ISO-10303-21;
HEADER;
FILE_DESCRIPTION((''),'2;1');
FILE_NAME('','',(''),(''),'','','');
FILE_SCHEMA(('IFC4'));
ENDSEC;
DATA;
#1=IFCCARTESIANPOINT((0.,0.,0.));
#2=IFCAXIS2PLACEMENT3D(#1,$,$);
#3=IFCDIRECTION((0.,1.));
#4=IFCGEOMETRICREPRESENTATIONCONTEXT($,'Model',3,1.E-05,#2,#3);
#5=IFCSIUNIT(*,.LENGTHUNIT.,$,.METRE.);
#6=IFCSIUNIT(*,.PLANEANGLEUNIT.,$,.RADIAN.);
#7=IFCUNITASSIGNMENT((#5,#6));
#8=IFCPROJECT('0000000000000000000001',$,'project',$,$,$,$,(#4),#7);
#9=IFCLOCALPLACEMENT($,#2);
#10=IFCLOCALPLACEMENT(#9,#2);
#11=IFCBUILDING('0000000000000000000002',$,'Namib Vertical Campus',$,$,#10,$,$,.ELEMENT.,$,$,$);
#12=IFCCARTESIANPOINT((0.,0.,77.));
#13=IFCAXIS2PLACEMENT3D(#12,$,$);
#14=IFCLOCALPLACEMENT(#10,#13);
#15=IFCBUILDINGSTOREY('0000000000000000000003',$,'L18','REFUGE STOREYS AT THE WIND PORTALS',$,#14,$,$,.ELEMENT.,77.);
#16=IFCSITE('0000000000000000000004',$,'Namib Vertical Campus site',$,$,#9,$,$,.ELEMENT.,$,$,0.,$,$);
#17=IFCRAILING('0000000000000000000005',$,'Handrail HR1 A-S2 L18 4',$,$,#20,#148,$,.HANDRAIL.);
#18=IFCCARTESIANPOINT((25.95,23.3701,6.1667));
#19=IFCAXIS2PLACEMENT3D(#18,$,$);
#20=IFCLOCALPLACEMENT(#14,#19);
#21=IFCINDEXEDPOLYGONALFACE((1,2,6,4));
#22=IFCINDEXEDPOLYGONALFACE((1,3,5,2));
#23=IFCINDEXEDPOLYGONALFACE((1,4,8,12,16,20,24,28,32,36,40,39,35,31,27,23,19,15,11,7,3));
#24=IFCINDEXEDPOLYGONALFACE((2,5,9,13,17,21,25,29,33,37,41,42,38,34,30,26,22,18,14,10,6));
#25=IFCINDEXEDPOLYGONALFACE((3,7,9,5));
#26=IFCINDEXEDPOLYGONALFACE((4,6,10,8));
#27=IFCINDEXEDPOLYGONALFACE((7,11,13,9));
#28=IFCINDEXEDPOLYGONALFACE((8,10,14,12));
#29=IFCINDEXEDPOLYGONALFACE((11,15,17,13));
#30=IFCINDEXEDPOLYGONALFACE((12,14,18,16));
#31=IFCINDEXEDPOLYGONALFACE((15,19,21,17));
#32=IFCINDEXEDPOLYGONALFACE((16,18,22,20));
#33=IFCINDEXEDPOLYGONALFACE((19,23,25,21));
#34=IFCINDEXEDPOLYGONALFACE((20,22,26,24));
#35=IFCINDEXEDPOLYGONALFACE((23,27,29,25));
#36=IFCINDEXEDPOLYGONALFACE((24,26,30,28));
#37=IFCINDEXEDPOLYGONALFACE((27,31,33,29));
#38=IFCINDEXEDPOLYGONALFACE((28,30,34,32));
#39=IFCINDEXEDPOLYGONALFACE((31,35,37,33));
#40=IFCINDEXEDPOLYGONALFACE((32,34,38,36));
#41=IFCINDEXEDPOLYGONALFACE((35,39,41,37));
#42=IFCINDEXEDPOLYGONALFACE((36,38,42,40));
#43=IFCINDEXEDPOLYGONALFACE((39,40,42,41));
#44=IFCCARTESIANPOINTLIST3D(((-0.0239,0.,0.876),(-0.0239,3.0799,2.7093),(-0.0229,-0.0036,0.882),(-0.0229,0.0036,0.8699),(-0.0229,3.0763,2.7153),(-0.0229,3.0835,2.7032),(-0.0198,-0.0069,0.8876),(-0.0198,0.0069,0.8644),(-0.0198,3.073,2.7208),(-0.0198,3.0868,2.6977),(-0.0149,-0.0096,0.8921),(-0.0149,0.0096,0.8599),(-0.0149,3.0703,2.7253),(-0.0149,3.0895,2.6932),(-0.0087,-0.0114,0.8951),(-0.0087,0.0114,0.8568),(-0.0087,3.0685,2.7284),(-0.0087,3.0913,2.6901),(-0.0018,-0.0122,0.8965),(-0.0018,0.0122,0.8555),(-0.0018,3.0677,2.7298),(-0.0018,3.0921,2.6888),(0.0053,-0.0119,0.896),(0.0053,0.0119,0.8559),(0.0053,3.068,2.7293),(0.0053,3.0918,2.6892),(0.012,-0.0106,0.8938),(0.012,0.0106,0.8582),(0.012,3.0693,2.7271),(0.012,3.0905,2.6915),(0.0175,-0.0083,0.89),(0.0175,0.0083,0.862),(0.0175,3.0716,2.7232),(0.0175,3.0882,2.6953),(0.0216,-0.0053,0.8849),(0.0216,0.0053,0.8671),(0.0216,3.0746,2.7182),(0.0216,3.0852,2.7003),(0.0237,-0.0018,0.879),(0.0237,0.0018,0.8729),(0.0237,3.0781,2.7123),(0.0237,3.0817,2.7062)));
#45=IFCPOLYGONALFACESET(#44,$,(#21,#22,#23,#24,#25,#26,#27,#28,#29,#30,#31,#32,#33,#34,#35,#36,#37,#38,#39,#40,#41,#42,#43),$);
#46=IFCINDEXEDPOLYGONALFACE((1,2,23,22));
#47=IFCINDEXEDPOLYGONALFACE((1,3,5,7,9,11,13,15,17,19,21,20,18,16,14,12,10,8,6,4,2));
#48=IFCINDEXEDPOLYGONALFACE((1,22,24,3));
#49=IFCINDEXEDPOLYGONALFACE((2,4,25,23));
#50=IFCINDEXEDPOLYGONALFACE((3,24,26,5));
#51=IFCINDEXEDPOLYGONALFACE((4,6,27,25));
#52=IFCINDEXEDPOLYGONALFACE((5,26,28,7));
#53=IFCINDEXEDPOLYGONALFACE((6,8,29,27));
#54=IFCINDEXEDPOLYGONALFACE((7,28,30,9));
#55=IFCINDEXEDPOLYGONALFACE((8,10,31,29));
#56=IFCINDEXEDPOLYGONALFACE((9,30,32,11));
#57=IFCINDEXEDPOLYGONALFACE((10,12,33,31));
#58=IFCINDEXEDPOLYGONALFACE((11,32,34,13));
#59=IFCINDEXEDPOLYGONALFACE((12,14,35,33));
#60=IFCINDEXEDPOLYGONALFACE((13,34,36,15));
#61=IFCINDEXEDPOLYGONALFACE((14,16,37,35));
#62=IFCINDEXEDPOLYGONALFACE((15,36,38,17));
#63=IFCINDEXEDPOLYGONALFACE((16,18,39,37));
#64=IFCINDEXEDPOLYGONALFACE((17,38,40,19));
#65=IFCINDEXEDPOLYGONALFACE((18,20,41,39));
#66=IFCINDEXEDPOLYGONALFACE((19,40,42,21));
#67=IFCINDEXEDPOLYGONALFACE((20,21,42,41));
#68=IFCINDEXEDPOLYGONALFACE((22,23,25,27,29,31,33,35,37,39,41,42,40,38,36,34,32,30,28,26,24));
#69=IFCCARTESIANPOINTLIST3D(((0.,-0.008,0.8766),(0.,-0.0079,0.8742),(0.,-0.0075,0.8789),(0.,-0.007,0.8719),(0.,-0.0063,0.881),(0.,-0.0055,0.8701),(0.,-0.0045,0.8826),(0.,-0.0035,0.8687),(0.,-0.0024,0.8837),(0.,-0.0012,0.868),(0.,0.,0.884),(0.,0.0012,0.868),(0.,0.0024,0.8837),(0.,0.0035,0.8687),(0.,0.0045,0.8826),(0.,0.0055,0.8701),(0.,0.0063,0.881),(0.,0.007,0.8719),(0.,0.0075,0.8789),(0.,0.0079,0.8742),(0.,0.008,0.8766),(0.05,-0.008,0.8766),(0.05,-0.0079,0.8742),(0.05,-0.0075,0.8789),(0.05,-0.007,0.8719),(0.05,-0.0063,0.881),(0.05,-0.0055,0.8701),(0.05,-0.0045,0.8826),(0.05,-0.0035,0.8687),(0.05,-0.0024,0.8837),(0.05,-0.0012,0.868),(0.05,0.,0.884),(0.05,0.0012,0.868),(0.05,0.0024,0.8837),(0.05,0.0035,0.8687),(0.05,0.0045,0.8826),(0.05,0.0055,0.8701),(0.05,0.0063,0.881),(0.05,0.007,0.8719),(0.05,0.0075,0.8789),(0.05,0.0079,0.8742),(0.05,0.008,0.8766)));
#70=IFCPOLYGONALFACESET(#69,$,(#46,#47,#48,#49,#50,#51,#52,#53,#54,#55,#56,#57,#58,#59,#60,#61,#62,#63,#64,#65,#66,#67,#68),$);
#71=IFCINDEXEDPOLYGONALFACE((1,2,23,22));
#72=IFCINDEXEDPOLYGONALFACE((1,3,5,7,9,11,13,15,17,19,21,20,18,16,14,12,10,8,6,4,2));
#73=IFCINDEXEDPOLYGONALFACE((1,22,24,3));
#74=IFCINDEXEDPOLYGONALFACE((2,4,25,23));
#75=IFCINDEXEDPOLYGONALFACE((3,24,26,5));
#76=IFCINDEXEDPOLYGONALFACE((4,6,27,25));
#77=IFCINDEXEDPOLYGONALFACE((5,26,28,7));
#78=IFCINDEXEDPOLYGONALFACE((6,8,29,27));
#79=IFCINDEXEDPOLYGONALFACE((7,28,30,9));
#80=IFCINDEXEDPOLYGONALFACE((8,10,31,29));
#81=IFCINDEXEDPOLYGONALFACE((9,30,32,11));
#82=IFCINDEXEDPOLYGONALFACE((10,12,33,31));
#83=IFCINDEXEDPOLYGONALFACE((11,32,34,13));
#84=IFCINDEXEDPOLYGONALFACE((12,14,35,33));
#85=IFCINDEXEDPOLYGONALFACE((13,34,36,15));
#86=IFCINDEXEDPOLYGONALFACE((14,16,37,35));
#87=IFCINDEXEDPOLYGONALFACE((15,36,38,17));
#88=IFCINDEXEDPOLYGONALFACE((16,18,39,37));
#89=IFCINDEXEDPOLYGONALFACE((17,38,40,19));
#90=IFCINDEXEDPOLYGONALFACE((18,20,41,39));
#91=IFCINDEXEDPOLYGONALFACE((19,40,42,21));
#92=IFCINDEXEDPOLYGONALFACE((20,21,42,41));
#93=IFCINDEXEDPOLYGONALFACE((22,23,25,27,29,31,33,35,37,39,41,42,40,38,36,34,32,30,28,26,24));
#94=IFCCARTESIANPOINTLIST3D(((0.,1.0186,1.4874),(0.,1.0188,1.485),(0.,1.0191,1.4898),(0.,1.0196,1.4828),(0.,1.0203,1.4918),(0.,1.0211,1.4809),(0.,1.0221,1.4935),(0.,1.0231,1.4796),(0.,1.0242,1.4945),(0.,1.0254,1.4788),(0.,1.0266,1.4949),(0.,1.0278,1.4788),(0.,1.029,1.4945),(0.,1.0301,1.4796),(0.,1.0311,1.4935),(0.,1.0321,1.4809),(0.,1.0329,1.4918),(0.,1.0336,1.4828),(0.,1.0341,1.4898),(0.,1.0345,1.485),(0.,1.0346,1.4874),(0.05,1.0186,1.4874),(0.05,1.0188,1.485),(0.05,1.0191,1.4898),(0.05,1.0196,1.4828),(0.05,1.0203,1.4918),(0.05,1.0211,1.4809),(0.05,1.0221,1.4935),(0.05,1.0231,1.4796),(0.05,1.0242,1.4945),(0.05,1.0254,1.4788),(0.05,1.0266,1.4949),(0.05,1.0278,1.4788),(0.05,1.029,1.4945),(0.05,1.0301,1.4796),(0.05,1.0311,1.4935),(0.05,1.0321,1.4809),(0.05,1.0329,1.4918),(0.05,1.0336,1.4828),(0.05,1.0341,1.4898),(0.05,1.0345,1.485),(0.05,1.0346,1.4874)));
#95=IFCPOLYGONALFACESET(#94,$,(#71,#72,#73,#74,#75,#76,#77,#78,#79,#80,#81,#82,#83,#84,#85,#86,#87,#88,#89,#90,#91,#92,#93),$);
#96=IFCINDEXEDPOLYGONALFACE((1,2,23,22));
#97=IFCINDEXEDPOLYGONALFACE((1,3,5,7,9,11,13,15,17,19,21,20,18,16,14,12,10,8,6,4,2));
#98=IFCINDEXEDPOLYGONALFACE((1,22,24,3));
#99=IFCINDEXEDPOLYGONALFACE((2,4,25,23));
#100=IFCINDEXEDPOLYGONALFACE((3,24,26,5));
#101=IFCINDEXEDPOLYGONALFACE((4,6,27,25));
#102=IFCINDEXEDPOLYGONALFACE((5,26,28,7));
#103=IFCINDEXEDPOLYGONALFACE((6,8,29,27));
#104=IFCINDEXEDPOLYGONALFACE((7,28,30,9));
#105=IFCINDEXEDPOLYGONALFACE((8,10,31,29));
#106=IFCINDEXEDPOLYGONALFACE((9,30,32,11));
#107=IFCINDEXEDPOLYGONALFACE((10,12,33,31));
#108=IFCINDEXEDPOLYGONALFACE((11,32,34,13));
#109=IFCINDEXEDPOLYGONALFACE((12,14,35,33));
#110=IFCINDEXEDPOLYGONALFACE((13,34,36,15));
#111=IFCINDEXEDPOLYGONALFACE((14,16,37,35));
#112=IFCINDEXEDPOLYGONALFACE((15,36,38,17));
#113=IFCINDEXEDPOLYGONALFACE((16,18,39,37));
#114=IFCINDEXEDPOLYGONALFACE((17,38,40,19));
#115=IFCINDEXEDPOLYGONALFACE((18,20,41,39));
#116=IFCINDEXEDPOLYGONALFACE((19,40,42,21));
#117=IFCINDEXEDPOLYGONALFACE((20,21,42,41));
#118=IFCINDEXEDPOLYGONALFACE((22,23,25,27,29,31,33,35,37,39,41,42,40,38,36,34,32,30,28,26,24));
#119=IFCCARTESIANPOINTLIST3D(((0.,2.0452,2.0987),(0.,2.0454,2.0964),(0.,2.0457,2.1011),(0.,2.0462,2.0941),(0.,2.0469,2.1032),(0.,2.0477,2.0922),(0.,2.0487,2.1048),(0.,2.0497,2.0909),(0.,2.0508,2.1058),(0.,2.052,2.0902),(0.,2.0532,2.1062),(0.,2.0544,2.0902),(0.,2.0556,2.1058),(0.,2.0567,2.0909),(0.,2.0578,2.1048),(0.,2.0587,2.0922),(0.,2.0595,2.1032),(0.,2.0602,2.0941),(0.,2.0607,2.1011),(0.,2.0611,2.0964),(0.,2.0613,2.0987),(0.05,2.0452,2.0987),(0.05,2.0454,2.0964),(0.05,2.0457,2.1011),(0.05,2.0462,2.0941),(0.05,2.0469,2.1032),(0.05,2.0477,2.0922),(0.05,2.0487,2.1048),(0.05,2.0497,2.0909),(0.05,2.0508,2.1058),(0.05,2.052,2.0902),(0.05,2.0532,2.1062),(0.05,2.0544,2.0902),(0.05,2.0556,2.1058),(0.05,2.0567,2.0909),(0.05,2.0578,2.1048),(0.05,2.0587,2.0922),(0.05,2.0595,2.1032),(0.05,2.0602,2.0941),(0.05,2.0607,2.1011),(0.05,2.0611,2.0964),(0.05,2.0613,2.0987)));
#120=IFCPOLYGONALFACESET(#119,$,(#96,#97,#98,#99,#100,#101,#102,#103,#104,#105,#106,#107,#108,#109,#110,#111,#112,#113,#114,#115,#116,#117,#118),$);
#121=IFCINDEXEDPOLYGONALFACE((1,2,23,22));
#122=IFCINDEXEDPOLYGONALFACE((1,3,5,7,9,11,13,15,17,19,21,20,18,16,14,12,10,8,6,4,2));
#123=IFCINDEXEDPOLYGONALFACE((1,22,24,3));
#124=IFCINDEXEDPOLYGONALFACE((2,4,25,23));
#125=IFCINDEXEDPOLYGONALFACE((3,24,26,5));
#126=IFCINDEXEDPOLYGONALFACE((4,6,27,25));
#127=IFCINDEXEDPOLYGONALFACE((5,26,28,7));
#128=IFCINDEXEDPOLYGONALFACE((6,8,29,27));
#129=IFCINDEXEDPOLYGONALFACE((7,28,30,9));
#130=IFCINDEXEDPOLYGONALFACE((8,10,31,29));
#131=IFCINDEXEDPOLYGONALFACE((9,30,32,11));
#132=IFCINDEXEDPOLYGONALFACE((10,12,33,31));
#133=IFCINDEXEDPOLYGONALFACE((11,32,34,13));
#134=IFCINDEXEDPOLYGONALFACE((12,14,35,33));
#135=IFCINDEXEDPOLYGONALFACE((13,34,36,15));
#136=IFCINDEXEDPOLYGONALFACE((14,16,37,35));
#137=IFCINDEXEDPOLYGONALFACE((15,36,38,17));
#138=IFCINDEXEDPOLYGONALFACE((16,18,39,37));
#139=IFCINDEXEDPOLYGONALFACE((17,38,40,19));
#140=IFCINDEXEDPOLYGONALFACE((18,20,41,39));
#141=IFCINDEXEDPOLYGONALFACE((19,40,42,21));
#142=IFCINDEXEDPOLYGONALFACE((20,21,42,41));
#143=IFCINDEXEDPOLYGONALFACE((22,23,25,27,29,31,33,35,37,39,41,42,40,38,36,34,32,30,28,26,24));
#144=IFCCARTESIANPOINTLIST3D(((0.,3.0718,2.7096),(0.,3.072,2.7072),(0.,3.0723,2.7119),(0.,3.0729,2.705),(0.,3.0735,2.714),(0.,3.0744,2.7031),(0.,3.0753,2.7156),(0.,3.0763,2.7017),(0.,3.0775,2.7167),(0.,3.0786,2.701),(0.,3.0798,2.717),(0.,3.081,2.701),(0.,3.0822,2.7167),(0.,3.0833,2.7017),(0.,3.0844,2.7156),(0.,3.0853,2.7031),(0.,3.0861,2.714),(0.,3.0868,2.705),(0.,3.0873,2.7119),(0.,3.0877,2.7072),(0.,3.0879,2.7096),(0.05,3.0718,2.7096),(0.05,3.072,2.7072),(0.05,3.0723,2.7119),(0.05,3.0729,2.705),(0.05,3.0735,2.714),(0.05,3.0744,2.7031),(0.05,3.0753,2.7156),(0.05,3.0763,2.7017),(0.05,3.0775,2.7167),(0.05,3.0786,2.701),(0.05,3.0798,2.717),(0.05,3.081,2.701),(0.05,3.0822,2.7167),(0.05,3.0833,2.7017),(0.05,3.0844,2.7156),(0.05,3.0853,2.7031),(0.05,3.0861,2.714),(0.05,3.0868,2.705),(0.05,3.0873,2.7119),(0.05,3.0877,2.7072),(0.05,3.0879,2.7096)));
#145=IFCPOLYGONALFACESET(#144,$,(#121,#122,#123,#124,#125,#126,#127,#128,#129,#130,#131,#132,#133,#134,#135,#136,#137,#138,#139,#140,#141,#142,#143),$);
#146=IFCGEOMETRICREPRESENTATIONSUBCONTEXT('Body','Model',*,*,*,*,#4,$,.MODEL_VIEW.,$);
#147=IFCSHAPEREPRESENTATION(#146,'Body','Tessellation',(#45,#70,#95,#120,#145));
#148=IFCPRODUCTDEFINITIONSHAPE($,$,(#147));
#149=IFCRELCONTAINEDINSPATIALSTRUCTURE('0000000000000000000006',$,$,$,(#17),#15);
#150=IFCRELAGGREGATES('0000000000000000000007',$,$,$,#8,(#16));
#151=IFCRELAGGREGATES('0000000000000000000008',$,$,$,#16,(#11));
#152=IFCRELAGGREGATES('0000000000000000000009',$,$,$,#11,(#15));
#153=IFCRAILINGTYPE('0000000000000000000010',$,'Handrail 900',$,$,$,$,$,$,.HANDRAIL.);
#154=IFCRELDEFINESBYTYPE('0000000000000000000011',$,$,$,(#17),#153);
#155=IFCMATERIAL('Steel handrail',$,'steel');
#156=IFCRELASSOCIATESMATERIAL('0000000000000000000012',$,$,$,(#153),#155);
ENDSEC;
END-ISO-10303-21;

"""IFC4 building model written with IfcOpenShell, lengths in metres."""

from ifc_helpers import new_model, si_unit, direction, frame, origin, origin_2d, place, context, subcontext, project, spatial, circle, extrude, material, type_object, element, save


model = new_model("IFC4")

# Units and contexts
model_context = context("Model", 3, precision=1e-05, world=origin(), true_north=direction((0.0, 1.0)))
body_context = subcontext(model_context, "Body", "Model", "MODEL_VIEW")
ifc_project = project(units=[si_unit("LENGTHUNIT", "METRE"), si_unit("PLANEANGLEUNIT", "RADIAN")], contexts=[model_context])

# Site, building, storey
site_placement = place(None, origin())
site = spatial("IfcSite", under=ifc_project, at=site_placement, Name="Namib Vertical Campus site", CompositionType="ELEMENT", RefElevation=0.0)
building_placement = place(site_placement, origin())
building = spatial("IfcBuilding", under=site, at=building_placement, Name="Namib Vertical Campus", CompositionType="ELEMENT")
storey_placement = place(building_placement, frame((0.0, 0.0, 77.0)))
storey = spatial("IfcBuildingStorey", under=building, at=storey_placement, Name="L18", Description="REFUGE STOREYS AT THE WIND PORTALS", CompositionType="ELEMENT", Elevation=77.0)

# Railing
ifc_material_1 = material(Name="Steel handrail", Category="steel")
railing_type_1 = type_object("IfcRailingType", Name="Handrail 900", PredefinedType="HANDRAIL", material=ifc_material_1)
railing_1_placement = place(storey_placement, frame((25.95, 23.3701, 6.1667)))
element("IfcRailing", 1, at=railing_1_placement, inside=storey, type_object=railing_type_1, Name="Handrail HR1 A-S2 L18 4", PredefinedType="HANDRAIL", context=body_context, shape_type="SweptSolid", body=[
    extrude(circle(Radius=0.0239, at=origin_2d()), frame((0.0, 0.0, 0.876), z_axis=(0.0, 0.859291, 0.511487), x_axis=(-1.0, 0.0, 0.0)), (0.0, 0.0, 1.0), 3.5842),
    extrude(circle(Radius=0.0081, at=origin_2d()), frame((0.0, 0.0, 0.876), z_axis=(1.0, 0.0, 0.0), x_axis=(0.0, 0.0, 1.0)), (0.0, 0.0, 1.0), 0.05),
    extrude(circle(Radius=0.0081, at=origin_2d()), frame((0.0, 1.0266, 1.4868), z_axis=(1.0, 0.0, 0.0), x_axis=(0.0, 0.0, 1.0)), (0.0, 0.0, 1.0), 0.05),
    extrude(circle(Radius=0.0081, at=origin_2d()), frame((0.0, 2.0532, 2.0981), z_axis=(1.0, 0.0, 0.0), x_axis=(0.0, 0.0, 1.0)), (0.0, 0.0, 1.0), 0.05),
    extrude(circle(Radius=0.0081, at=origin_2d()), frame((0.0, 3.0798, 2.709), z_axis=(1.0, 0.0, 0.0), x_axis=(0.0, 0.0, 1.0)), (0.0, 0.0, 1.0), 0.05),
])

save(model, "model.ifc")
